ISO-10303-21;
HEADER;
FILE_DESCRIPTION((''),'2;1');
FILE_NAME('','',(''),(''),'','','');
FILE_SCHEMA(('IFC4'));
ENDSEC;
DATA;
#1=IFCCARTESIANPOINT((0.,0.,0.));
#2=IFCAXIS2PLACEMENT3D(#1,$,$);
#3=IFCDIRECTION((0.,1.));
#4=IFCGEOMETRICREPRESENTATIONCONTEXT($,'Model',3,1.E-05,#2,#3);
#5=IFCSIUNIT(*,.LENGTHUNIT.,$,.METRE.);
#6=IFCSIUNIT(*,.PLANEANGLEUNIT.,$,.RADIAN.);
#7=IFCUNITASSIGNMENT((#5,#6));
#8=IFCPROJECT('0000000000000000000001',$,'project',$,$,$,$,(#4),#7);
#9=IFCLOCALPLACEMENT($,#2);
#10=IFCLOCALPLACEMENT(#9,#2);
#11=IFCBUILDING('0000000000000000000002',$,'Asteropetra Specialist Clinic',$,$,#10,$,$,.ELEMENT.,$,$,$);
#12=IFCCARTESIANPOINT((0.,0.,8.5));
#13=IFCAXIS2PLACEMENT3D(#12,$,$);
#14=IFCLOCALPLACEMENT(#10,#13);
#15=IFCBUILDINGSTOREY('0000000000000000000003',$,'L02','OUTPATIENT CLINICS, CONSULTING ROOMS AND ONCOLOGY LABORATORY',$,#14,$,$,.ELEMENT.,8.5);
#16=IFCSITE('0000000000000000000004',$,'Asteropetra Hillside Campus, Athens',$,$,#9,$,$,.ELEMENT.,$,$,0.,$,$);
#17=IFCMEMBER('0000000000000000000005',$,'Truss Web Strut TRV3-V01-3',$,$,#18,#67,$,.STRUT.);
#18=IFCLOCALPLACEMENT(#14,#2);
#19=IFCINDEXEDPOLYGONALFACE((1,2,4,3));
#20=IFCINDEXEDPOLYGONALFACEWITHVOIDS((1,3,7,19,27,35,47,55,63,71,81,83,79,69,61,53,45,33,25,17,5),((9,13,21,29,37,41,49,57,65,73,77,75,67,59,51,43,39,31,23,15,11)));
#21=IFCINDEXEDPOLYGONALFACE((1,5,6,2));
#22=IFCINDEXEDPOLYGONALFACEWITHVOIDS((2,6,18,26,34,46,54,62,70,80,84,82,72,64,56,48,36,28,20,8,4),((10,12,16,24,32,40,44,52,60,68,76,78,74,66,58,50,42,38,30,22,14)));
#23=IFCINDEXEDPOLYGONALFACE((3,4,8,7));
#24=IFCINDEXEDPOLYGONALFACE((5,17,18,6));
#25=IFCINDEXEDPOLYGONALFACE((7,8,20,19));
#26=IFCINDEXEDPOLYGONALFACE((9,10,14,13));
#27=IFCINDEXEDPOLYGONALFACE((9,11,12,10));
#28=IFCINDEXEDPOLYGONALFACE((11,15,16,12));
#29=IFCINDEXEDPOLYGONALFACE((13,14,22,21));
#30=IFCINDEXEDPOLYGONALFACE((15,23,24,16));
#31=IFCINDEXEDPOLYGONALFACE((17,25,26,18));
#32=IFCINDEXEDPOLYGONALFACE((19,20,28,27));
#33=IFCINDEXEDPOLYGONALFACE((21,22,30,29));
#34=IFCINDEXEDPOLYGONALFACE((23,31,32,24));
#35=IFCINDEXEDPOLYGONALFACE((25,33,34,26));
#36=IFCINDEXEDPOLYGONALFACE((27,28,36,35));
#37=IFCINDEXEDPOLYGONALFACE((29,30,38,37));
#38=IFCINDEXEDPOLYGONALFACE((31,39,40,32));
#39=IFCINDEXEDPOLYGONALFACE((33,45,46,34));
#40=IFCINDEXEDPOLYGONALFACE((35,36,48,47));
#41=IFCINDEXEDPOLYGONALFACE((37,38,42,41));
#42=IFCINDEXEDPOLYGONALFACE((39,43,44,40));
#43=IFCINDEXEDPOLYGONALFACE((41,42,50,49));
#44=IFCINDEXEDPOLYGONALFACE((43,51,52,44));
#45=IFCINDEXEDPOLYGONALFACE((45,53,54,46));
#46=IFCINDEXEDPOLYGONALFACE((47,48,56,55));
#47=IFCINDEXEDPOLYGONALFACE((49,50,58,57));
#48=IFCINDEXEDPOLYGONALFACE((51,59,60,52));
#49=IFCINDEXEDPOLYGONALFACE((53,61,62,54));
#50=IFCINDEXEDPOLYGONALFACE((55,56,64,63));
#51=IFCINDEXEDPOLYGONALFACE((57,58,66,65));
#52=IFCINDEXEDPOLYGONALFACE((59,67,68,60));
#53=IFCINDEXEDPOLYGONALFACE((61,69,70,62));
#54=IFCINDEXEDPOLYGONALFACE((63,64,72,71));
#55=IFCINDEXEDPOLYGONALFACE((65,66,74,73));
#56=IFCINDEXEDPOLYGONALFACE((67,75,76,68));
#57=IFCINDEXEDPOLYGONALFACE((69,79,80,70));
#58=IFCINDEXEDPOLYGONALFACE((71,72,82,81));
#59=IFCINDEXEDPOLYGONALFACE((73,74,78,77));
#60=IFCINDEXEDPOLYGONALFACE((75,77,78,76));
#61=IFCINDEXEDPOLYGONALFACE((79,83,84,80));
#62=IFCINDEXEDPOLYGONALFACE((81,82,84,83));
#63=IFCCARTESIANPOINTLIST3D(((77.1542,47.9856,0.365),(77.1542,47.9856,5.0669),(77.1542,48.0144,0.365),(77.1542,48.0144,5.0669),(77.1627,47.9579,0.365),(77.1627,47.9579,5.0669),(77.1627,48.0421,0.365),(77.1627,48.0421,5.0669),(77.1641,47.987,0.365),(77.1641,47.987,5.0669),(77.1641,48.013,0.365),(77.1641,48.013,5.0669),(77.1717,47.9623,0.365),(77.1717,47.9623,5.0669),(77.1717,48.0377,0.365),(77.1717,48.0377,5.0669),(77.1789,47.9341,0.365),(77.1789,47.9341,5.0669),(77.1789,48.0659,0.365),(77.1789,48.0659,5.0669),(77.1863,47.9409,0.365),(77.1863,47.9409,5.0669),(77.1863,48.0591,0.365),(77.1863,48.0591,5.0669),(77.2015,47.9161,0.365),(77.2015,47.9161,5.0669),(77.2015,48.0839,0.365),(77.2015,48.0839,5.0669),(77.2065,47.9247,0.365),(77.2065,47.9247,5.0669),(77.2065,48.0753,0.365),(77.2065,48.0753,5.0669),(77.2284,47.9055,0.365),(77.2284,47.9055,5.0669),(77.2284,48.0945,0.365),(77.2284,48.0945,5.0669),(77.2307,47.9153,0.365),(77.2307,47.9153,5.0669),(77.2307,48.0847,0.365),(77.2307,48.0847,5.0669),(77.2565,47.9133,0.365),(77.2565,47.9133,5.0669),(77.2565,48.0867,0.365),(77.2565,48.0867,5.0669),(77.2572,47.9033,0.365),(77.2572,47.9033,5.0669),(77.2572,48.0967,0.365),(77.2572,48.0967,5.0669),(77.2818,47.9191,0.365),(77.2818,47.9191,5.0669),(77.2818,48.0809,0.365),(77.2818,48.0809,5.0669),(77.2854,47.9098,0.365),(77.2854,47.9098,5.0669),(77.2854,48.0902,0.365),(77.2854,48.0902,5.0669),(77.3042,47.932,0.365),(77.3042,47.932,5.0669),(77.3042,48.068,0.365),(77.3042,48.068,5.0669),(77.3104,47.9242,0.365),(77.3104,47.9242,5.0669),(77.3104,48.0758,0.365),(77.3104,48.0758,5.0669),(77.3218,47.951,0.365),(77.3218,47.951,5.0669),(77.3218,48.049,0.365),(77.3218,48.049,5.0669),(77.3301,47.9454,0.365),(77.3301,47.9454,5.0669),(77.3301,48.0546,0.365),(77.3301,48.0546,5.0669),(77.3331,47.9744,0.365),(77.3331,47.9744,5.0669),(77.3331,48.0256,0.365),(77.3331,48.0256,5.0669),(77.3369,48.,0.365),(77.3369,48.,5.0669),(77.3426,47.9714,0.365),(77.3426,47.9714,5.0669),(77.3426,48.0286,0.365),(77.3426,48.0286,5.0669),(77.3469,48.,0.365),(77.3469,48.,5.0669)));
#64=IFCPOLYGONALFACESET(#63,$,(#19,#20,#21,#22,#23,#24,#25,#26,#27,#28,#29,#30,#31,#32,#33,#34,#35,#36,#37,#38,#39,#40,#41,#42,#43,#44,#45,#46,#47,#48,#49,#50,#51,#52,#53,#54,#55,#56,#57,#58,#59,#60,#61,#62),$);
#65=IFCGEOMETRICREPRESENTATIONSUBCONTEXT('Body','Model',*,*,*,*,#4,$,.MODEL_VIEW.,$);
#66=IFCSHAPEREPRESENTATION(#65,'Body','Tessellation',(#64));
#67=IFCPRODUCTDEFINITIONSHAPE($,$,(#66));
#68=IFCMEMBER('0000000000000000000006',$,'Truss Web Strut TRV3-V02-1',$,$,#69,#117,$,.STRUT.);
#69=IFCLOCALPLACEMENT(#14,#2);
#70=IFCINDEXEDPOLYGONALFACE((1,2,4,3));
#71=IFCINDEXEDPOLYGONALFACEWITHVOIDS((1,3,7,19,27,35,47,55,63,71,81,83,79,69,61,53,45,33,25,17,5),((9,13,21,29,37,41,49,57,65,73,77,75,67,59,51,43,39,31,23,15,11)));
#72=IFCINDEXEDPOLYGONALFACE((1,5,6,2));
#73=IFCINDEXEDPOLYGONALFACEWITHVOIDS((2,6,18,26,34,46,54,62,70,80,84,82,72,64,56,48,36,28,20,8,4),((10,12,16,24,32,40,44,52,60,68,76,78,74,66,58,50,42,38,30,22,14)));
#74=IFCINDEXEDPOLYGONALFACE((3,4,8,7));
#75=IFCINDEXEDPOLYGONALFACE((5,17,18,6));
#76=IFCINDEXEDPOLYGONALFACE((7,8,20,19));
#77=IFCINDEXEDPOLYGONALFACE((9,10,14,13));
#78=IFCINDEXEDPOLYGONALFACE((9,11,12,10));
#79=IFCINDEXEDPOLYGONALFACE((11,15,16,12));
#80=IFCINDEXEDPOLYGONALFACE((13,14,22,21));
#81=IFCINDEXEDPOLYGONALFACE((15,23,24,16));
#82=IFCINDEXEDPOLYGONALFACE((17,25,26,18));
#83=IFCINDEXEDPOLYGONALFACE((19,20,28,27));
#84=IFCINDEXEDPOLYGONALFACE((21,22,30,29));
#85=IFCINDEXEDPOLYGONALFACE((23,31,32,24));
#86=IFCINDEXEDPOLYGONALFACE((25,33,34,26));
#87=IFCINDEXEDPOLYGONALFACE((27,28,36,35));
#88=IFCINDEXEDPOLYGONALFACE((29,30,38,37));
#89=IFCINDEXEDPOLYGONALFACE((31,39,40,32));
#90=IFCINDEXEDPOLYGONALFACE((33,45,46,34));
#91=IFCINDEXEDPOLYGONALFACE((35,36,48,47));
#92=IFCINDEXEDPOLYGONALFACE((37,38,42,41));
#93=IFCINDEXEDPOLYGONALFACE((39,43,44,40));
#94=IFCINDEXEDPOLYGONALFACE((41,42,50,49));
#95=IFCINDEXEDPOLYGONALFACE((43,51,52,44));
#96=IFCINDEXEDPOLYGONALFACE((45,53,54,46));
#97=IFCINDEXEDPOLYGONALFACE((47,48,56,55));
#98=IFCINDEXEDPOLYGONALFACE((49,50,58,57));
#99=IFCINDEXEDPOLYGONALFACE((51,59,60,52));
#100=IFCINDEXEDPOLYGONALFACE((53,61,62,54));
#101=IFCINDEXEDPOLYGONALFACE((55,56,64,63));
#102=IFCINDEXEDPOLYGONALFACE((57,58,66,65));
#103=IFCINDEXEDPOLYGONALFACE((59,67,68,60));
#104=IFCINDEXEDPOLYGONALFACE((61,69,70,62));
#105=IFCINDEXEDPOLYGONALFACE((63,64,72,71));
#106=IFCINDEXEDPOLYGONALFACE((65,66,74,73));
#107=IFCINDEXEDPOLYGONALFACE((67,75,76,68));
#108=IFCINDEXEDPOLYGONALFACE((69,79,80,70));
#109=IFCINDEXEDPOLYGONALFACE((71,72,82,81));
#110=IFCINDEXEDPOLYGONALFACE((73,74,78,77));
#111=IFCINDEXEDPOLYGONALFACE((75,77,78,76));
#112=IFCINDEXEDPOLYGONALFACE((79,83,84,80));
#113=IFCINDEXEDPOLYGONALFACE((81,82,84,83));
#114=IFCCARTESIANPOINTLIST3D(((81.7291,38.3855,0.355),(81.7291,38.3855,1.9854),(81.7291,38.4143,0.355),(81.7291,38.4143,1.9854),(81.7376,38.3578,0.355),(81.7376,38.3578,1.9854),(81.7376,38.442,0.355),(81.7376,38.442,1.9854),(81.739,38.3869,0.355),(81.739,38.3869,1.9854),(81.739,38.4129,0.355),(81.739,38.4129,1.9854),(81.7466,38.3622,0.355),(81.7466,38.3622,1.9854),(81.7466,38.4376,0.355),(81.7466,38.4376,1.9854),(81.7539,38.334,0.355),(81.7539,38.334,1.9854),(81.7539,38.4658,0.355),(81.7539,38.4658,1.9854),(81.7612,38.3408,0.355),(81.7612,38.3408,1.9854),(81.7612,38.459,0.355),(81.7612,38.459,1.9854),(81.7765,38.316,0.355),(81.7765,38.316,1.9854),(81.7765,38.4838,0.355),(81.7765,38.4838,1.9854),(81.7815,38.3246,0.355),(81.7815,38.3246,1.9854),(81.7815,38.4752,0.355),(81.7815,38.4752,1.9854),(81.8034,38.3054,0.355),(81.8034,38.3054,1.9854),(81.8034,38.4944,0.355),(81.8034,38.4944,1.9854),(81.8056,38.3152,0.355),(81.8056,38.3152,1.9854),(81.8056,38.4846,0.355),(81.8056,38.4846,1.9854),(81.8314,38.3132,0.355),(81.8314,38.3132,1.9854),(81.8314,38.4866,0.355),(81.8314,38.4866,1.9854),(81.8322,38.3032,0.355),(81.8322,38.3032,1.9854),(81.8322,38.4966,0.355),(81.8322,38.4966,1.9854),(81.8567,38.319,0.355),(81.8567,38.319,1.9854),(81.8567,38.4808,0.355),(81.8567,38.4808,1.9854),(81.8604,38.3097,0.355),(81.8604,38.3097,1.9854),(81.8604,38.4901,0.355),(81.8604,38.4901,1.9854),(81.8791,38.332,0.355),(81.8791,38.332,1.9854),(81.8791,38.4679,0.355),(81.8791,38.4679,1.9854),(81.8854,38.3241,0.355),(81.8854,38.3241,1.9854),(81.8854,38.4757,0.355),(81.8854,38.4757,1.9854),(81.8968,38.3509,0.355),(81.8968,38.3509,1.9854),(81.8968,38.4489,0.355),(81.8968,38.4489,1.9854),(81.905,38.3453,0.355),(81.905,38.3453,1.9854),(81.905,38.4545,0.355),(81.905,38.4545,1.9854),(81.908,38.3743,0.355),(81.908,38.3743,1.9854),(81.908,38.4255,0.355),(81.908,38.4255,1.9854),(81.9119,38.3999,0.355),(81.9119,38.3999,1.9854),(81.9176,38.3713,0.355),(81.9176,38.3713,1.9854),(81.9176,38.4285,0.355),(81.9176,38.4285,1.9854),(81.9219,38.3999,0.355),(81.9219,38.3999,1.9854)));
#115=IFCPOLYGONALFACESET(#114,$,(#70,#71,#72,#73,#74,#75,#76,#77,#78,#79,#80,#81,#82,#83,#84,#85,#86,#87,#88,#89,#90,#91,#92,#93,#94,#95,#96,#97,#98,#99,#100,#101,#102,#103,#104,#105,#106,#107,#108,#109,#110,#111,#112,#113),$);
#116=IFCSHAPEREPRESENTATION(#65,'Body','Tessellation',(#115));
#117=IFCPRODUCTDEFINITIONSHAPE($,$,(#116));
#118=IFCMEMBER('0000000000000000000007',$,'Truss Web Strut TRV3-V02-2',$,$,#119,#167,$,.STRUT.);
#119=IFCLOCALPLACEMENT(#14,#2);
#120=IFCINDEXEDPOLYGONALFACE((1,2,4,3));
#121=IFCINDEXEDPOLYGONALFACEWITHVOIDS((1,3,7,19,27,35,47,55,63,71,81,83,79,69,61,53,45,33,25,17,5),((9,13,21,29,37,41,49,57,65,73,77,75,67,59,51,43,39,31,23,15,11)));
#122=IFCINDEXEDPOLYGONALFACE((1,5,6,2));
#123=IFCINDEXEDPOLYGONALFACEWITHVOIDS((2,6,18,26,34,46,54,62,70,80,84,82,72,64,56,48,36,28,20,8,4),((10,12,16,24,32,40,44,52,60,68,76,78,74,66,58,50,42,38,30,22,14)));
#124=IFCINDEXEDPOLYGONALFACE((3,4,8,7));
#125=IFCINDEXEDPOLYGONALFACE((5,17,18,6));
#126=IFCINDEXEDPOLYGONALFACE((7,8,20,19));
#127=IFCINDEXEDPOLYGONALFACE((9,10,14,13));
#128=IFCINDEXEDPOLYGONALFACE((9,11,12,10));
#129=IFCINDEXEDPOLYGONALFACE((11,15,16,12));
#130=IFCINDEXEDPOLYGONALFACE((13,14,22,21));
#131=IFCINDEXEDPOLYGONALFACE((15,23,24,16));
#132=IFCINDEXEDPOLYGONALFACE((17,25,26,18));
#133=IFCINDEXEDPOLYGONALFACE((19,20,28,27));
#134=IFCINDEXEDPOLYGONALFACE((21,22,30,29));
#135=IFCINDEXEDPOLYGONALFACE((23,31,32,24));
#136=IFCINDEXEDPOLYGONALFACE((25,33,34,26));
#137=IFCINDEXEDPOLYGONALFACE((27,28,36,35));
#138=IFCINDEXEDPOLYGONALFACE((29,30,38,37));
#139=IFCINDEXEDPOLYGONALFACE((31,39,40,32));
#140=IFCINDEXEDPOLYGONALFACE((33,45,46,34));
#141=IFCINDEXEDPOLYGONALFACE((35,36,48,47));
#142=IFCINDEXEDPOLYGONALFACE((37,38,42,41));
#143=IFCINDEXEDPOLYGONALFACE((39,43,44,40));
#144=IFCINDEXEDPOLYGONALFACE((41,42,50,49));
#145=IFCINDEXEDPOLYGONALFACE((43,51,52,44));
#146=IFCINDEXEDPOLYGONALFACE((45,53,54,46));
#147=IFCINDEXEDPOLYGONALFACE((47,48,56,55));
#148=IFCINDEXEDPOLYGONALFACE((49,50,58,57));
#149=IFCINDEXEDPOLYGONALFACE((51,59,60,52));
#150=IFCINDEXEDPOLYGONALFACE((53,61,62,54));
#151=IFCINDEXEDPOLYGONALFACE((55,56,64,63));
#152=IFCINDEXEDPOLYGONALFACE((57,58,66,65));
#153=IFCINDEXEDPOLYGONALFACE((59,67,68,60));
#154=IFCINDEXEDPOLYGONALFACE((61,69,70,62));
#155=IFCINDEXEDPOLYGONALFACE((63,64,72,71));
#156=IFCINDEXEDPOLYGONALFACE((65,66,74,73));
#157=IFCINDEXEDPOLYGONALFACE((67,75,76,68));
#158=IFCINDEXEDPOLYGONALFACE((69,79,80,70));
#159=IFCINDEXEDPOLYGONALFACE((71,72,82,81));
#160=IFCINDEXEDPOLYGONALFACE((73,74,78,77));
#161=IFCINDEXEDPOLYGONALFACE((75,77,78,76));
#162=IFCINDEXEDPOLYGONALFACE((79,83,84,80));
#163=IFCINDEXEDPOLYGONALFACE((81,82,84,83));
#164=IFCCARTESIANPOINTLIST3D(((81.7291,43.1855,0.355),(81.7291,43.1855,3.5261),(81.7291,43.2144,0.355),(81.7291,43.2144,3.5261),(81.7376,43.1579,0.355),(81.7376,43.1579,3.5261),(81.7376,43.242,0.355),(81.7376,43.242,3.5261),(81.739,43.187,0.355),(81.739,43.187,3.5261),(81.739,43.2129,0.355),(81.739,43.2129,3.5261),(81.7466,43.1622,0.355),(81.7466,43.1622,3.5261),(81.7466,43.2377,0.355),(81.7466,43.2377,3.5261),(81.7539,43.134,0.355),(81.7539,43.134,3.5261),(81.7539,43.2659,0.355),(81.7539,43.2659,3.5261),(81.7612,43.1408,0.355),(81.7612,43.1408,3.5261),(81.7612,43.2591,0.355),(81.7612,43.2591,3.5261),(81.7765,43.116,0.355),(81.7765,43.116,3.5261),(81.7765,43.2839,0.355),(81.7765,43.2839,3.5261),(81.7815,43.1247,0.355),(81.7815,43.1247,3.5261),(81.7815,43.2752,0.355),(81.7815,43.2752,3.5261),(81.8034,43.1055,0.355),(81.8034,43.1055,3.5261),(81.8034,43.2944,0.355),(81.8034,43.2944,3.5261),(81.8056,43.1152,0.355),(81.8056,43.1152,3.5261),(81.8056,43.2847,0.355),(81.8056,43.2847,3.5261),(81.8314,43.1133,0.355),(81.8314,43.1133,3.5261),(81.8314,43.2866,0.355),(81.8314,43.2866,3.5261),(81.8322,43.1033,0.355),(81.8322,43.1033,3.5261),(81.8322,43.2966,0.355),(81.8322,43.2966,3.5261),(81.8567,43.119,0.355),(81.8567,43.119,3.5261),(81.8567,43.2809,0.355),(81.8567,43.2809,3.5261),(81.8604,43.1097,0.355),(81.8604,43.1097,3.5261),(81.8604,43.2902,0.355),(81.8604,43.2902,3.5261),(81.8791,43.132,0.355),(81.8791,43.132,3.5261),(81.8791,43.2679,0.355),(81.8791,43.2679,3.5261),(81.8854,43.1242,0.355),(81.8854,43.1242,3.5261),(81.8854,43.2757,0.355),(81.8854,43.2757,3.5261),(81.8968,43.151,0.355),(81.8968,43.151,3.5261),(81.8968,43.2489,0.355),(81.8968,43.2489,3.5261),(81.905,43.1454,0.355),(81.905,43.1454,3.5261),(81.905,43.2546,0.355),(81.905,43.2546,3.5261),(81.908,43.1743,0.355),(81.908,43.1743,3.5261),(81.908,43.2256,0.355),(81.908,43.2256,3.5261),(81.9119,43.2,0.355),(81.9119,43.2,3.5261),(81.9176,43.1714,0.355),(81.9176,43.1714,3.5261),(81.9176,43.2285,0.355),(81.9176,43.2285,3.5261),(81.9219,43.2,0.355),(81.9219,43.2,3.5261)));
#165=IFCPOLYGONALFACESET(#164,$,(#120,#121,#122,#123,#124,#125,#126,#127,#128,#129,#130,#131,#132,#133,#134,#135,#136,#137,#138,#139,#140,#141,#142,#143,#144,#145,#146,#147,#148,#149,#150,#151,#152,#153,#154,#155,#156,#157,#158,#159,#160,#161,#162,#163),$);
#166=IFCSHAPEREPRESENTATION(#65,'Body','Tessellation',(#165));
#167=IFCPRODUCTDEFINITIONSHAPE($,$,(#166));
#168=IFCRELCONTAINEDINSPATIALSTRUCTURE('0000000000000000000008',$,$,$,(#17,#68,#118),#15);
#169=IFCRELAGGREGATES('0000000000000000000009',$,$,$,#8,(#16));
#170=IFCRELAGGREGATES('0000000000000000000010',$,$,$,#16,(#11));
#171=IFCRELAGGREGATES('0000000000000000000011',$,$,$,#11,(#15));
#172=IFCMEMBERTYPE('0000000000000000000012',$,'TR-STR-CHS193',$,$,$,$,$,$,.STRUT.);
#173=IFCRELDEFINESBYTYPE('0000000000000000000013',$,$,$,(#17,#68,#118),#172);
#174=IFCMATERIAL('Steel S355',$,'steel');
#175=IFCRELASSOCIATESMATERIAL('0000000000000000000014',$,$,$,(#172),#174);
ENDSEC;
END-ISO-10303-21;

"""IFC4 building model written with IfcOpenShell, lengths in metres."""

from ifc_helpers import new_model, si_unit, direction, frame, origin, origin_2d, place, context, subcontext, project, spatial, hollow_circle, extrude, material, material_profile, profile_set, type_object, element, save


model = new_model("IFC4")

# Units and contexts
model_context = context("Model", 3, precision=1e-05, world=origin(), true_north=direction((0.0, 1.0)))
body_context = subcontext(model_context, "Body", "Model", "MODEL_VIEW")
ifc_project = project(units=[si_unit("LENGTHUNIT", "METRE"), si_unit("PLANEANGLEUNIT", "RADIAN")], contexts=[model_context])

# Site, building, storey
site_placement = place(None, origin())
site = spatial("IfcSite", under=ifc_project, at=site_placement, Name="Asteropetra Hillside Campus, Athens", CompositionType="ELEMENT", RefElevation=0.0)
building_placement = place(site_placement, origin())
building = spatial("IfcBuilding", under=site, at=building_placement, Name="Asteropetra Specialist Clinic", CompositionType="ELEMENT")
storey_placement = place(building_placement, frame((0.0, 0.0, 8.5)))
storey = spatial("IfcBuildingStorey", under=building, at=storey_placement, Name="L02", Description="OUTPATIENT CLINICS, CONSULTING ROOMS AND ONCOLOGY LABORATORY", CompositionType="ELEMENT", Elevation=8.5)

# Members
ifc_material_1 = material(Name="Steel S355", Category="steel")
ifc_material_profile_1 = material_profile(ifc_material_1, hollow_circle(Radius=0.0969, WallThickness=0.01, at=origin_2d()), Name="CHS 193.7x10.0")
ifc_profile_set_1 = profile_set([ifc_material_profile_1], Name="Steel S355")
member_type_1 = type_object("IfcMemberType", Name="TR-STR-CHS193", PredefinedType="STRUT", material=ifc_profile_set_1)
member_1_placement = place(storey_placement, frame((77.25, 48.0, 0.365), z_axis=(0.0, 0.0, 1.0), x_axis=(1.0, 0.0, 0.0)))
element("IfcMember", 1, at=member_1_placement, inside=storey, type_object=member_type_1, Name="Truss Web Strut TRV3-V01-3", PredefinedType="STRUT", context=body_context, shape_type="SweptSolid", body=[
    extrude(hollow_circle(Radius=0.0969, WallThickness=0.01, at=origin_2d()), origin(), (0.0, 0.0, 1.0), 4.7019),
])
member_2_placement = place(storey_placement, frame((81.825, 38.3999, 0.355), z_axis=(0.0, 0.0, 1.0), x_axis=(1.0, 0.0, 0.0)))
element("IfcMember", 2, at=member_2_placement, inside=storey, type_object=member_type_1, Name="Truss Web Strut TRV3-V02-1", PredefinedType="STRUT", context=body_context, shape_type="SweptSolid", body=[
    extrude(hollow_circle(Radius=0.0969, WallThickness=0.01, at=origin_2d()), origin(), (0.0, 0.0, 1.0), 1.6304),
])
member_3_placement = place(storey_placement, frame((81.825, 43.2, 0.355), z_axis=(0.0, 0.0, 1.0), x_axis=(1.0, 0.0, 0.0)))
element("IfcMember", 3, at=member_3_placement, inside=storey, type_object=member_type_1, Name="Truss Web Strut TRV3-V02-2", PredefinedType="STRUT", context=body_context, shape_type="SweptSolid", body=[
    extrude(hollow_circle(Radius=0.0969, WallThickness=0.01, at=origin_2d()), origin(), (0.0, 0.0, 1.0), 3.1711),
])

save(model, "model.ifc")
